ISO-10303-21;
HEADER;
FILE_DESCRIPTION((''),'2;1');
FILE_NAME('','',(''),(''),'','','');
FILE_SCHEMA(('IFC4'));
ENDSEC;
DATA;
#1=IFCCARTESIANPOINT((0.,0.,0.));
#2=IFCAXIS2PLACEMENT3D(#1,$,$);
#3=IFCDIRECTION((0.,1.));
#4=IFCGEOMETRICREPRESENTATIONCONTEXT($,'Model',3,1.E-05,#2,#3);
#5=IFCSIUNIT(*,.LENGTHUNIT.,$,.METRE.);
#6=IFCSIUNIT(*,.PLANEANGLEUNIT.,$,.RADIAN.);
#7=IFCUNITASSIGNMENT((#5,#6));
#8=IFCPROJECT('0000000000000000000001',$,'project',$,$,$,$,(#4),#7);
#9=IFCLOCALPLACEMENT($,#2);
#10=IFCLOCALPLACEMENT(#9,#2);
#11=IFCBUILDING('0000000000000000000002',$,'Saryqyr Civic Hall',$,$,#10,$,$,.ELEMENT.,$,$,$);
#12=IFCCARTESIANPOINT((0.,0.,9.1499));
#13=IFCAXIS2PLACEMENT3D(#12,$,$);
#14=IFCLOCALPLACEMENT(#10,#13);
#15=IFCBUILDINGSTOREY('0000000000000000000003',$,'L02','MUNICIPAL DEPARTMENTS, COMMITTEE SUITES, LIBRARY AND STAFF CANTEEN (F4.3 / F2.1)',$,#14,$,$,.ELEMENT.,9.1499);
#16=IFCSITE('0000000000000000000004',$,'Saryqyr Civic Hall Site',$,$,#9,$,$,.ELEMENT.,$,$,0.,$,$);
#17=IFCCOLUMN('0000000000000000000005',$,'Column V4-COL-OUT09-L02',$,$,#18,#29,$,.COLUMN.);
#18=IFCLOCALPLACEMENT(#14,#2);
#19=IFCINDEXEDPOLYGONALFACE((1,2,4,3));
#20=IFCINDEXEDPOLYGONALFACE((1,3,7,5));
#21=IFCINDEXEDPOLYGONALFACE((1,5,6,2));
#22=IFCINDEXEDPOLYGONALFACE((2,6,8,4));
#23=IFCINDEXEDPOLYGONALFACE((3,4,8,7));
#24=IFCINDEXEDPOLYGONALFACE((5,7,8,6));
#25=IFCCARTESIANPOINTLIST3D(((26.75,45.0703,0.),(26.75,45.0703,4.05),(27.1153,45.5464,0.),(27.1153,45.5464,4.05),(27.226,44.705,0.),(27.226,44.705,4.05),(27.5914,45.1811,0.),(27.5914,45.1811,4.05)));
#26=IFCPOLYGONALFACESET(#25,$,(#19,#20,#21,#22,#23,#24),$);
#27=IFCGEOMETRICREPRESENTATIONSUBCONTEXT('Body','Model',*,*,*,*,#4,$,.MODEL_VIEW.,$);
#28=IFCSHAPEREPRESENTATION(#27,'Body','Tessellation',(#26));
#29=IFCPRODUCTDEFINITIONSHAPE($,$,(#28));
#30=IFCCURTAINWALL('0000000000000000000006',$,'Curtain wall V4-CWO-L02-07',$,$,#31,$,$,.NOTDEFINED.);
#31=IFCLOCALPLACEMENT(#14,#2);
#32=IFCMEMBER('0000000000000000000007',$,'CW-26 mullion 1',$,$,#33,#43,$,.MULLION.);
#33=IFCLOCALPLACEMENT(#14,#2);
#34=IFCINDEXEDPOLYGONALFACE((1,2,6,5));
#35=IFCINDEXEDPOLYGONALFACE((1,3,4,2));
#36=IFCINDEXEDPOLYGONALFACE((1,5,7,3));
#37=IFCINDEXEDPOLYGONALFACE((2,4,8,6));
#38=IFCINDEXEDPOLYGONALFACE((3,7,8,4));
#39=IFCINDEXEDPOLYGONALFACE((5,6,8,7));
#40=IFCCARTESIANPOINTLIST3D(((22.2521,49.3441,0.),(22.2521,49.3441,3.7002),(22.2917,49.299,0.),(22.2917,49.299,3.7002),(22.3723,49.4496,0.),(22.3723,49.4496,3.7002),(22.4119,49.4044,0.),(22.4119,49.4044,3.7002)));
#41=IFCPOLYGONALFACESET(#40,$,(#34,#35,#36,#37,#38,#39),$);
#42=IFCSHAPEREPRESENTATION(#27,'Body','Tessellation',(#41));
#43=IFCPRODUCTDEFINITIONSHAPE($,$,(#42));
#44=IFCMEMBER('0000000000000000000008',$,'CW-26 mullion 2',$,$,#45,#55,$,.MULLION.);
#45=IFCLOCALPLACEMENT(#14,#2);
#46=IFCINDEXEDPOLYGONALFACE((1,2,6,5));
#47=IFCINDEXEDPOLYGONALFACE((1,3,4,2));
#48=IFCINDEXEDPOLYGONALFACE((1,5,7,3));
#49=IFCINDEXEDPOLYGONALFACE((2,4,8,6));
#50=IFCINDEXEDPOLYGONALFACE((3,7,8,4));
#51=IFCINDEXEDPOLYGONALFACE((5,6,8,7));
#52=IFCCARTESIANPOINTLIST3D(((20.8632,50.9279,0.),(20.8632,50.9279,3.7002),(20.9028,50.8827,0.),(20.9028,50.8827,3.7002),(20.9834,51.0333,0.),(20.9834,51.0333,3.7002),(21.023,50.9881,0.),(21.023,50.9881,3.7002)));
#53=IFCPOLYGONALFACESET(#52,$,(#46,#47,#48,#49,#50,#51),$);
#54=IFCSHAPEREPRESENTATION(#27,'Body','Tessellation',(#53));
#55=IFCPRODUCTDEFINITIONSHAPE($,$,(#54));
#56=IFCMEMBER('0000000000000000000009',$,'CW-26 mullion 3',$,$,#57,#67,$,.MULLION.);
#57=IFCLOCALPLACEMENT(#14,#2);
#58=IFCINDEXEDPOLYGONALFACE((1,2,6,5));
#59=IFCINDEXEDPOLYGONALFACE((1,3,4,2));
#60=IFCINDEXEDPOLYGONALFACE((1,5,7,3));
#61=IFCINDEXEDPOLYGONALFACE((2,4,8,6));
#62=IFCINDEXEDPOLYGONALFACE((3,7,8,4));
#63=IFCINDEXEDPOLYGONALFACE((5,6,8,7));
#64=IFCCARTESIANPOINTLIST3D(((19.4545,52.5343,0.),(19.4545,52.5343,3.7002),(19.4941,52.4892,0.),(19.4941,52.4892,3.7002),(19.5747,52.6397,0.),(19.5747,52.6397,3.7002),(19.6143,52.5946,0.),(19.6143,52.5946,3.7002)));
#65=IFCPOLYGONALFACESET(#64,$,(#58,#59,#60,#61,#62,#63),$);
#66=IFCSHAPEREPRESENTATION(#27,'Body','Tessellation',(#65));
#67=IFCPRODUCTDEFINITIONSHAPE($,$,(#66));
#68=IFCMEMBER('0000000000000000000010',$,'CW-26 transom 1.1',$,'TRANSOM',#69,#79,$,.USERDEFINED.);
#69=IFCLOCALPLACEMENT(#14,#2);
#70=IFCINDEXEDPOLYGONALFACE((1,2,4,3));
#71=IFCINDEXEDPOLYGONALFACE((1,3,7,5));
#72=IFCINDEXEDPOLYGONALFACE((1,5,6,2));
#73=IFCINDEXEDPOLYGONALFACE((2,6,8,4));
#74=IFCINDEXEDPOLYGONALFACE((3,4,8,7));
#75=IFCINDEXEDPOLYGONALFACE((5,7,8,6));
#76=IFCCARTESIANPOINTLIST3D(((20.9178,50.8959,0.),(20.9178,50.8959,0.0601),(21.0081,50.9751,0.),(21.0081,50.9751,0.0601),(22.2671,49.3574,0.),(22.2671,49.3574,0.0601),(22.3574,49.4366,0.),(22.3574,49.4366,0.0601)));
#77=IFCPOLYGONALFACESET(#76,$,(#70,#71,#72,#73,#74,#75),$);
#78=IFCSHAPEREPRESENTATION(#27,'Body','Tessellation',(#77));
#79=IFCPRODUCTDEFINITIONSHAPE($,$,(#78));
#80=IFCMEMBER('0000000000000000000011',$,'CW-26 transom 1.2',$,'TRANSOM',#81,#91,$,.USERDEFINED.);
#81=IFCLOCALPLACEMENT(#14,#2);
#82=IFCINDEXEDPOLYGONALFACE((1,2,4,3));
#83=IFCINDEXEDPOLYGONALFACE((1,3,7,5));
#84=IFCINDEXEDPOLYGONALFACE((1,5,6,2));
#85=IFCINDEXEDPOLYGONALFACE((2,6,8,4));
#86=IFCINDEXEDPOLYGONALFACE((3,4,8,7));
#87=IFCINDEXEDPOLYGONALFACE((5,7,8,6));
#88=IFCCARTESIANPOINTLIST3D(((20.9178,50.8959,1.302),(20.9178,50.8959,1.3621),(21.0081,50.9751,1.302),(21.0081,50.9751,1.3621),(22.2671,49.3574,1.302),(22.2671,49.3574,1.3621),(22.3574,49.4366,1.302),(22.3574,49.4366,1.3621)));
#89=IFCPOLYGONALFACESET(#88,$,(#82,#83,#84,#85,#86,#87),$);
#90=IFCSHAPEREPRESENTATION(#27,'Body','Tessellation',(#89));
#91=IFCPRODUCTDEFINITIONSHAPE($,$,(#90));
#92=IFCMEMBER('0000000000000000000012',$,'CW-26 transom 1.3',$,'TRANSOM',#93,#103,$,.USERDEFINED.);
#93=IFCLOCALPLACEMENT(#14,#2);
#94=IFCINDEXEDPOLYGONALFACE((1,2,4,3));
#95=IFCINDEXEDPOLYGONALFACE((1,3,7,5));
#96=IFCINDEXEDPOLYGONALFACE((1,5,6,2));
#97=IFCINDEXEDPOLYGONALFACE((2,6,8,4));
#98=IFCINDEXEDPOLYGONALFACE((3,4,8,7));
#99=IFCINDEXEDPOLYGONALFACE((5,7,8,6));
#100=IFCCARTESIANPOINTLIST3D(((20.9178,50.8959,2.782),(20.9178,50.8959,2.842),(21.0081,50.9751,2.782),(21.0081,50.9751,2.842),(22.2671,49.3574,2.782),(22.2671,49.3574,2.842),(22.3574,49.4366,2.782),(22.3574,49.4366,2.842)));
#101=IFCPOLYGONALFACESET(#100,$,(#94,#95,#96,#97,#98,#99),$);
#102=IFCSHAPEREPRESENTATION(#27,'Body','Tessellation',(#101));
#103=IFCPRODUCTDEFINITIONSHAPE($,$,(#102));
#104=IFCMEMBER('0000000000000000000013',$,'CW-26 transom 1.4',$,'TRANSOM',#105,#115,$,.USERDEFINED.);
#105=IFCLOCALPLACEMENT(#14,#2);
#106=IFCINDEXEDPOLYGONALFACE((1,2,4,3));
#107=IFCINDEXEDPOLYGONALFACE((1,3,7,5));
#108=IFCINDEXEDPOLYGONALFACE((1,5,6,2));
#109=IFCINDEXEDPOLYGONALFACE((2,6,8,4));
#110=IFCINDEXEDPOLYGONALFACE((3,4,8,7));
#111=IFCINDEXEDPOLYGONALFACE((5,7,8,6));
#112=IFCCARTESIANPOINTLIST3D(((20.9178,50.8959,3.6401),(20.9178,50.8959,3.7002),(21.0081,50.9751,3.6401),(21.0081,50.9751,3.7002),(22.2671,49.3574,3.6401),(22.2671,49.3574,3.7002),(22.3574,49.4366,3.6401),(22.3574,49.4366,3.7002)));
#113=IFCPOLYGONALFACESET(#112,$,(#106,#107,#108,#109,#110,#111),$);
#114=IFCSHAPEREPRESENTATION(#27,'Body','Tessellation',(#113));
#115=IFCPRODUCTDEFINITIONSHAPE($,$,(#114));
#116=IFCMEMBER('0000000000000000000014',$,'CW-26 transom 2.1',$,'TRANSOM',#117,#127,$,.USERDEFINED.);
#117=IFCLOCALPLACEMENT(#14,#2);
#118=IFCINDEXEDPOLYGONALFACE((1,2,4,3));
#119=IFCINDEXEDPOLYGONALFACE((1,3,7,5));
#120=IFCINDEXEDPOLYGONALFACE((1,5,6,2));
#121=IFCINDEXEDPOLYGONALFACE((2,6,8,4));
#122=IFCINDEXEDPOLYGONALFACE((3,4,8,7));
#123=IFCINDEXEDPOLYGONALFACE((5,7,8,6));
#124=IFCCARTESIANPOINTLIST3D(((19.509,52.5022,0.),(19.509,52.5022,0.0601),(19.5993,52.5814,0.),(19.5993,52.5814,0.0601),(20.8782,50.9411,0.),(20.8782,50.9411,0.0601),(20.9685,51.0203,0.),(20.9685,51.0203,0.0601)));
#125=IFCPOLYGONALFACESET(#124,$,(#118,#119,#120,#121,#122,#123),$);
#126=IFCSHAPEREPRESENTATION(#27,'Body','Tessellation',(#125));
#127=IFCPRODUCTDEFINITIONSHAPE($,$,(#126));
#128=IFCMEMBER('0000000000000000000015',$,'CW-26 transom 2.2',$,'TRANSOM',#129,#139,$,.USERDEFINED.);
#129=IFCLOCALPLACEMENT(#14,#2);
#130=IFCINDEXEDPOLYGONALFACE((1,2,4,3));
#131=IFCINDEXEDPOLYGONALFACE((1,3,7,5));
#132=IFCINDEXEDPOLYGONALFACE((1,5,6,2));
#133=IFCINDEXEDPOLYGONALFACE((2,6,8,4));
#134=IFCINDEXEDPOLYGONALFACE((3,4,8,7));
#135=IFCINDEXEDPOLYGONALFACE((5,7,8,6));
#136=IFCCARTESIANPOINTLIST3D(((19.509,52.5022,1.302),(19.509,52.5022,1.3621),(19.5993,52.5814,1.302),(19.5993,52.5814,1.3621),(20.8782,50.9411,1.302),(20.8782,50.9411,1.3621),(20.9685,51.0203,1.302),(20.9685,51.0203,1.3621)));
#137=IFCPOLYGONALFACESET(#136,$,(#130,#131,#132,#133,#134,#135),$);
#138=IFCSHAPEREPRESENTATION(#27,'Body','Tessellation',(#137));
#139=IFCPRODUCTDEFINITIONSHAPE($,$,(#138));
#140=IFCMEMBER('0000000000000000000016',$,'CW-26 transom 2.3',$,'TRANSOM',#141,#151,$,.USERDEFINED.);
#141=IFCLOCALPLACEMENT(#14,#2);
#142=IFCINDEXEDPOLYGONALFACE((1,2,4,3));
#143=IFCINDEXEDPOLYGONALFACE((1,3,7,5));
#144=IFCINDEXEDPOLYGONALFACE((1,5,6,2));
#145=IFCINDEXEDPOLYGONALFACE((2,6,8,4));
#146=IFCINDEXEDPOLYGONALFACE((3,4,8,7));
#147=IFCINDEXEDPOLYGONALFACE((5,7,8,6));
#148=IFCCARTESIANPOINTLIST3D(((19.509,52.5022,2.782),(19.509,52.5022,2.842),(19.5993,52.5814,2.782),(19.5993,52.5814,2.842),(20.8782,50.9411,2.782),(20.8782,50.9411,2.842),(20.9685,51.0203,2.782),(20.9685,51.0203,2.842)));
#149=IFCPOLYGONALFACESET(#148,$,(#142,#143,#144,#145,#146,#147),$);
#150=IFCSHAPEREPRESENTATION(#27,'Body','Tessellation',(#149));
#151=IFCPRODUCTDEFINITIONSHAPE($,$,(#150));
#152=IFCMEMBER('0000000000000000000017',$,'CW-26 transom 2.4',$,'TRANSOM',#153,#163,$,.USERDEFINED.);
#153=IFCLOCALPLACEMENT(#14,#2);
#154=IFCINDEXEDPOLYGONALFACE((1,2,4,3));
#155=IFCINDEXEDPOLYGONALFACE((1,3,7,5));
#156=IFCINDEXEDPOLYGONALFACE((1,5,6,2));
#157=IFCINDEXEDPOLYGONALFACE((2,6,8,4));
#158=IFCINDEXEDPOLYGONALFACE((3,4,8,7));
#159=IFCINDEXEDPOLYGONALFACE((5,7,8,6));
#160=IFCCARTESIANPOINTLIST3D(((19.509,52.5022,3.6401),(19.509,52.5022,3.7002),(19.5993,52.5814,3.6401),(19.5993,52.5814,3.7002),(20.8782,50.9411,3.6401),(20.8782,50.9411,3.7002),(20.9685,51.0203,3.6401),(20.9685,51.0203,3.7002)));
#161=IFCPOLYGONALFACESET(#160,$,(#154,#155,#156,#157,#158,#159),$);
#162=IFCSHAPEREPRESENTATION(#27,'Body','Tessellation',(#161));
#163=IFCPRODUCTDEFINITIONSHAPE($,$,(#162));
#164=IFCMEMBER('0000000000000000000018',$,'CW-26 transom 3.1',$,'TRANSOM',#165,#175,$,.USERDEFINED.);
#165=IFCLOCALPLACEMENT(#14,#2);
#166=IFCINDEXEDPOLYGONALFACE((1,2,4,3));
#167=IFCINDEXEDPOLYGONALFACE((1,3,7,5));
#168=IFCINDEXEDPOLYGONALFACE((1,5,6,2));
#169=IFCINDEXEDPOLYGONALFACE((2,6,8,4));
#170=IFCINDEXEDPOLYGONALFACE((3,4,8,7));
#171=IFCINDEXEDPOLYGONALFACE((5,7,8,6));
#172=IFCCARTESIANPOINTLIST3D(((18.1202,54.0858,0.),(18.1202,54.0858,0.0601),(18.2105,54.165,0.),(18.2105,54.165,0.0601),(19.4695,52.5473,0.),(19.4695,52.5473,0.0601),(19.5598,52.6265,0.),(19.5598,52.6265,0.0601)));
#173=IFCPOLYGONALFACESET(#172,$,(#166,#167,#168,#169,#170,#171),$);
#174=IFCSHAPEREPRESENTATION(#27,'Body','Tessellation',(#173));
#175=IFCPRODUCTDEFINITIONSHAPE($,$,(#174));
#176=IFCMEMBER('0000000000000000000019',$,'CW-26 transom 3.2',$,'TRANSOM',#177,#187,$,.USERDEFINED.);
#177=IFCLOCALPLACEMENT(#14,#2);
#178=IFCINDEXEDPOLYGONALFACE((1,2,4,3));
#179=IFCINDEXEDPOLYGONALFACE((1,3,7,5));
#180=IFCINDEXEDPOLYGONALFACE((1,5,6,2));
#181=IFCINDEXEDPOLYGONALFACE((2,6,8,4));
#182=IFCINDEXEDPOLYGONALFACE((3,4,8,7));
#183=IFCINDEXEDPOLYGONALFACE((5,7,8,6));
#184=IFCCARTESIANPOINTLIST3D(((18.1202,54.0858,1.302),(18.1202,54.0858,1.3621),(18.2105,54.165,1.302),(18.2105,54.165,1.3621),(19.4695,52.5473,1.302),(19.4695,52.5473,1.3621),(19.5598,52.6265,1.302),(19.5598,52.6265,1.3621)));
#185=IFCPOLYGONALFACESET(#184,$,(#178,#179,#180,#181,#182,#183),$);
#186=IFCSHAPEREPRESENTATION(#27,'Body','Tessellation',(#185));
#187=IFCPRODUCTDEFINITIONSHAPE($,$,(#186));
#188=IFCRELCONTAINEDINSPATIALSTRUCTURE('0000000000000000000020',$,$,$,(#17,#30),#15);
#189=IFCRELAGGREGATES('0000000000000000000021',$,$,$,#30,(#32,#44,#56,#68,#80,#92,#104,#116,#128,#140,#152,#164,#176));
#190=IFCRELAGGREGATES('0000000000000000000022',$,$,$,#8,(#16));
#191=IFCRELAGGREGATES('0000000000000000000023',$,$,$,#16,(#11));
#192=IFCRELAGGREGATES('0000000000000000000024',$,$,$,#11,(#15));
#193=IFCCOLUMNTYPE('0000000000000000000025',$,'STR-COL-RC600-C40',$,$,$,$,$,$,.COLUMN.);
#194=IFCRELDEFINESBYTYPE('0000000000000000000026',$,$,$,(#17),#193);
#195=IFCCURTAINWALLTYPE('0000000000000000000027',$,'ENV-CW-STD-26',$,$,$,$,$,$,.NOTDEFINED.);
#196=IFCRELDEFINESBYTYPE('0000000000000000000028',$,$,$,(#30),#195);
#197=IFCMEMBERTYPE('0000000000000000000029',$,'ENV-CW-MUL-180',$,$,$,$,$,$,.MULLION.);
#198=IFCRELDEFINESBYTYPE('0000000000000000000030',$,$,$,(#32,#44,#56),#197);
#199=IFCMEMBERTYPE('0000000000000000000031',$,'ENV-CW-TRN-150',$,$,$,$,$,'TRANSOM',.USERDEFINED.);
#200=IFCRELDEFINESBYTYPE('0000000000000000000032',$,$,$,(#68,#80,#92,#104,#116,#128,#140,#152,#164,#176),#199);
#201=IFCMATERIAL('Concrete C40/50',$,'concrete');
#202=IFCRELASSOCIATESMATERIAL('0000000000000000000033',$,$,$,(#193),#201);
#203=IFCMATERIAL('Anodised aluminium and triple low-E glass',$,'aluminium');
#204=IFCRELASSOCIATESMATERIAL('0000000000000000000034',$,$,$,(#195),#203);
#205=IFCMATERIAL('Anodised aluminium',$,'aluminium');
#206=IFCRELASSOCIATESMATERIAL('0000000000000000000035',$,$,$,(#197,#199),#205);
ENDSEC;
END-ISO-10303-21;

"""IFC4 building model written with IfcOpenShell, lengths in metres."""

from ifc_helpers import new_model, si_unit, direction, frame, origin, origin_2d, place, context, subcontext, project, spatial, rectangle, extrude, material, material_profile, profile_set, type_object, element, aggregate, save


model = new_model("IFC4")

# Units and contexts
model_context = context("Model", 3, precision=1e-05, world=origin(), true_north=direction((0.0, 1.0)))
body_context = subcontext(model_context, "Body", "Model", "MODEL_VIEW")
ifc_project = project(units=[si_unit("LENGTHUNIT", "METRE"), si_unit("PLANEANGLEUNIT", "RADIAN")], contexts=[model_context])

# Site, building, storey
site_placement = place(None, origin())
site = spatial("IfcSite", under=ifc_project, at=site_placement, Name="Saryqyr Civic Hall Site", CompositionType="ELEMENT", RefElevation=0.0)
building_placement = place(site_placement, origin())
building = spatial("IfcBuilding", under=site, at=building_placement, Name="Saryqyr Civic Hall", CompositionType="ELEMENT")
storey_placement = place(building_placement, frame((0.0, 0.0, 9.1499)))
storey = spatial("IfcBuildingStorey", under=building, at=storey_placement, Name="L02", Description="MUNICIPAL DEPARTMENTS, COMMITTEE SUITES, LIBRARY AND STAFF CANTEEN (F4.3 / F2.1)", CompositionType="ELEMENT", Elevation=9.1499)

# Column
ifc_material_1 = material(Name="Concrete C40/50", Category="concrete")
ifc_material_profile_1 = material_profile(ifc_material_1, rectangle(XDim=0.6001, YDim=0.6001, at=origin_2d()), Name="RC 600x600")
ifc_profile_set_1 = profile_set([ifc_material_profile_1], Name="Concrete C40/50")
column_type = type_object("IfcColumnType", Name="STR-COL-RC600-C40", PredefinedType="COLUMN", material=ifc_profile_set_1)
column_placement = place(storey_placement, frame((27.1707, 45.1257, 0.0), z_axis=(0.0, 0.0, 1.0), x_axis=(-0.608761, -0.793353, 0.0)))
element("IfcColumn", 1, at=column_placement, inside=storey, type_object=column_type, Name="Column V4-COL-OUT09-L02", PredefinedType="COLUMN", context=body_context, shape_type="SweptSolid", body=[
    extrude(rectangle(XDim=0.6001, YDim=0.6001, at=origin_2d()), origin(), (0.0, 0.0, 1.0), 4.05),
])

# Curtain wall, members
ifc_material_2 = material(Name="Anodised aluminium and triple low-E glass", Category="aluminium")
curtain_wall_type = type_object("IfcCurtainWallType", Name="ENV-CW-STD-26", PredefinedType="NOTDEFINED", material=ifc_material_2)
curtain_wall_placement = place(storey_placement, origin())
curtain_wall = element("IfcCurtainWall", 2, at=curtain_wall_placement, inside=storey, type_object=curtain_wall_type, Name="Curtain wall V4-CWO-L02-07", PredefinedType="NOTDEFINED")
ifc_material_3 = material(Name="Anodised aluminium", Category="aluminium")
ifc_material_profile_2 = material_profile(ifc_material_3, rectangle(XDim=0.0601, YDim=0.1599, at=origin_2d()), Name="ALU MULLION 60x160")
ifc_profile_set_2 = profile_set([ifc_material_profile_2], Name="Anodised aluminium")
member_type_1 = type_object("IfcMemberType", Name="ENV-CW-MUL-180", PredefinedType="MULLION", material=ifc_profile_set_2)
member_1_placement = place(storey_placement, frame((22.332, 49.3743, 0.0), z_axis=(0.0, 0.0, 1.0), x_axis=(-0.659349, 0.751837, 0.0)))
member_1 = element("IfcMember", 3, at=member_1_placement, type_object=member_type_1, Name="CW-26 mullion 1", PredefinedType="MULLION", context=body_context, shape_type="SweptSolid", body=[
    extrude(rectangle(XDim=0.0601, YDim=0.1599, at=origin_2d()), origin(), (0.0, 0.0, 1.0), 3.7002),
])
member_2_placement = place(storey_placement, frame((20.9431, 50.958, 0.0), z_axis=(0.0, 0.0, 1.0), x_axis=(-0.659349, 0.751837, 0.0)))
member_2 = element("IfcMember", 4, at=member_2_placement, type_object=member_type_1, Name="CW-26 mullion 2", PredefinedType="MULLION", context=body_context, shape_type="SweptSolid", body=[
    extrude(rectangle(XDim=0.0601, YDim=0.1599, at=origin_2d()), origin(), (0.0, 0.0, 1.0), 3.7002),
])
member_3_placement = place(storey_placement, frame((19.5344, 52.5645, 0.0), z_axis=(0.0, 0.0, 1.0), x_axis=(-0.659349, 0.751837, 0.0)))
member_3 = element("IfcMember", 5, at=member_3_placement, type_object=member_type_1, Name="CW-26 mullion 3", PredefinedType="MULLION", context=body_context, shape_type="SweptSolid", body=[
    extrude(rectangle(XDim=0.0601, YDim=0.1599, at=origin_2d()), origin(), (0.0, 0.0, 1.0), 3.7002),
])
ifc_material_profile_3 = material_profile(ifc_material_3, rectangle(XDim=0.1201, YDim=0.0601, at=origin_2d()), Name="ALU TRANSOM 120x60")
ifc_profile_set_3 = profile_set([ifc_material_profile_3], Name="Anodised aluminium")
member_type_2 = type_object("IfcMemberType", Name="ENV-CW-TRN-150", ElementType="TRANSOM", PredefinedType="USERDEFINED", material=ifc_profile_set_3)
member_4_placement = place(storey_placement, frame((22.3123, 49.397, 0.03), z_axis=(-0.659366, 0.751822, 0.0), x_axis=(-0.751822, -0.659366, 0.0)))
member_4 = element("IfcMember", 6, at=member_4_placement, type_object=member_type_2, Name="CW-26 transom 1.1", ObjectType="TRANSOM", PredefinedType="USERDEFINED", context=body_context, shape_type="SweptSolid", body=[
    extrude(rectangle(XDim=0.1201, YDim=0.0601, at=origin_2d()), origin(), (0.0, 0.0, 1.0), 2.0464),
])
member_5_placement = place(storey_placement, frame((22.3123, 49.397, 1.332), z_axis=(-0.659366, 0.751822, 0.0), x_axis=(-0.751822, -0.659366, 0.0)))
member_5 = element("IfcMember", 7, at=member_5_placement, type_object=member_type_2, Name="CW-26 transom 1.2", ObjectType="TRANSOM", PredefinedType="USERDEFINED", context=body_context, shape_type="SweptSolid", body=[
    extrude(rectangle(XDim=0.1201, YDim=0.0601, at=origin_2d()), origin(), (0.0, 0.0, 1.0), 2.0464),
])
member_6_placement = place(storey_placement, frame((22.3123, 49.397, 2.812), z_axis=(-0.659366, 0.751822, 0.0), x_axis=(-0.751822, -0.659366, 0.0)))
member_6 = element("IfcMember", 8, at=member_6_placement, type_object=member_type_2, Name="CW-26 transom 1.3", ObjectType="TRANSOM", PredefinedType="USERDEFINED", context=body_context, shape_type="SweptSolid", body=[
    extrude(rectangle(XDim=0.1201, YDim=0.0601, at=origin_2d()), origin(), (0.0, 0.0, 1.0), 2.0464),
])
member_7_placement = place(storey_placement, frame((22.3123, 49.397, 3.6702), z_axis=(-0.659366, 0.751822, 0.0), x_axis=(-0.751822, -0.659366, 0.0)))
member_7 = element("IfcMember", 9, at=member_7_placement, type_object=member_type_2, Name="CW-26 transom 1.4", ObjectType="TRANSOM", PredefinedType="USERDEFINED", context=body_context, shape_type="SweptSolid", body=[
    extrude(rectangle(XDim=0.1201, YDim=0.0601, at=origin_2d()), origin(), (0.0, 0.0, 1.0), 2.0464),
])
member_8_placement = place(storey_placement, frame((20.9233, 50.9807, 0.03), z_axis=(-0.659387, 0.751804, 0.0), x_axis=(-0.751804, -0.659387, 0.0)))
member_8 = element("IfcMember", 10, at=member_8_placement, type_object=member_type_2, Name="CW-26 transom 2.1", ObjectType="TRANSOM", PredefinedType="USERDEFINED", context=body_context, shape_type="SweptSolid", body=[
    extrude(rectangle(XDim=0.1201, YDim=0.0601, at=origin_2d()), origin(), (0.0, 0.0, 1.0), 2.0764),
])
member_9_placement = place(storey_placement, frame((20.9233, 50.9807, 1.332), z_axis=(-0.659387, 0.751804, 0.0), x_axis=(-0.751804, -0.659387, 0.0)))
member_9 = element("IfcMember", 11, at=member_9_placement, type_object=member_type_2, Name="CW-26 transom 2.2", ObjectType="TRANSOM", PredefinedType="USERDEFINED", context=body_context, shape_type="SweptSolid", body=[
    extrude(rectangle(XDim=0.1201, YDim=0.0601, at=origin_2d()), origin(), (0.0, 0.0, 1.0), 2.0764),
])
member_10_placement = place(storey_placement, frame((20.9233, 50.9807, 2.812), z_axis=(-0.659387, 0.751804, 0.0), x_axis=(-0.751804, -0.659387, 0.0)))
member_10 = element("IfcMember", 12, at=member_10_placement, type_object=member_type_2, Name="CW-26 transom 2.3", ObjectType="TRANSOM", PredefinedType="USERDEFINED", context=body_context, shape_type="SweptSolid", body=[
    extrude(rectangle(XDim=0.1201, YDim=0.0601, at=origin_2d()), origin(), (0.0, 0.0, 1.0), 2.0764),
])
member_11_placement = place(storey_placement, frame((20.9233, 50.9807, 3.6702), z_axis=(-0.659387, 0.751804, 0.0), x_axis=(-0.751804, -0.659387, 0.0)))
member_11 = element("IfcMember", 13, at=member_11_placement, type_object=member_type_2, Name="CW-26 transom 2.4", ObjectType="TRANSOM", PredefinedType="USERDEFINED", context=body_context, shape_type="SweptSolid", body=[
    extrude(rectangle(XDim=0.1201, YDim=0.0601, at=origin_2d()), origin(), (0.0, 0.0, 1.0), 2.0764),
])
member_12_placement = place(storey_placement, frame((19.5146, 52.5869, 0.03), z_axis=(-0.659366, 0.751822, 0.0), x_axis=(-0.751822, -0.659366, 0.0)))
member_12 = element("IfcMember", 14, at=member_12_placement, type_object=member_type_2, Name="CW-26 transom 3.1", ObjectType="TRANSOM", PredefinedType="USERDEFINED", context=body_context, shape_type="SweptSolid", body=[
    extrude(rectangle(XDim=0.1201, YDim=0.0601, at=origin_2d()), origin(), (0.0, 0.0, 1.0), 2.0464),
])
member_13_placement = place(storey_placement, frame((19.5146, 52.5869, 1.332), z_axis=(-0.659366, 0.751822, 0.0), x_axis=(-0.751822, -0.659366, 0.0)))
member_13 = element("IfcMember", 15, at=member_13_placement, type_object=member_type_2, Name="CW-26 transom 3.2", ObjectType="TRANSOM", PredefinedType="USERDEFINED", context=body_context, shape_type="SweptSolid", body=[
    extrude(rectangle(XDim=0.1201, YDim=0.0601, at=origin_2d()), origin(), (0.0, 0.0, 1.0), 2.0464),
])

aggregate(curtain_wall, [member_1, member_2, member_3, member_4, member_5, member_6, member_7, member_8, member_9, member_10, member_11, member_12, member_13])

save(model, "model.ifc")
